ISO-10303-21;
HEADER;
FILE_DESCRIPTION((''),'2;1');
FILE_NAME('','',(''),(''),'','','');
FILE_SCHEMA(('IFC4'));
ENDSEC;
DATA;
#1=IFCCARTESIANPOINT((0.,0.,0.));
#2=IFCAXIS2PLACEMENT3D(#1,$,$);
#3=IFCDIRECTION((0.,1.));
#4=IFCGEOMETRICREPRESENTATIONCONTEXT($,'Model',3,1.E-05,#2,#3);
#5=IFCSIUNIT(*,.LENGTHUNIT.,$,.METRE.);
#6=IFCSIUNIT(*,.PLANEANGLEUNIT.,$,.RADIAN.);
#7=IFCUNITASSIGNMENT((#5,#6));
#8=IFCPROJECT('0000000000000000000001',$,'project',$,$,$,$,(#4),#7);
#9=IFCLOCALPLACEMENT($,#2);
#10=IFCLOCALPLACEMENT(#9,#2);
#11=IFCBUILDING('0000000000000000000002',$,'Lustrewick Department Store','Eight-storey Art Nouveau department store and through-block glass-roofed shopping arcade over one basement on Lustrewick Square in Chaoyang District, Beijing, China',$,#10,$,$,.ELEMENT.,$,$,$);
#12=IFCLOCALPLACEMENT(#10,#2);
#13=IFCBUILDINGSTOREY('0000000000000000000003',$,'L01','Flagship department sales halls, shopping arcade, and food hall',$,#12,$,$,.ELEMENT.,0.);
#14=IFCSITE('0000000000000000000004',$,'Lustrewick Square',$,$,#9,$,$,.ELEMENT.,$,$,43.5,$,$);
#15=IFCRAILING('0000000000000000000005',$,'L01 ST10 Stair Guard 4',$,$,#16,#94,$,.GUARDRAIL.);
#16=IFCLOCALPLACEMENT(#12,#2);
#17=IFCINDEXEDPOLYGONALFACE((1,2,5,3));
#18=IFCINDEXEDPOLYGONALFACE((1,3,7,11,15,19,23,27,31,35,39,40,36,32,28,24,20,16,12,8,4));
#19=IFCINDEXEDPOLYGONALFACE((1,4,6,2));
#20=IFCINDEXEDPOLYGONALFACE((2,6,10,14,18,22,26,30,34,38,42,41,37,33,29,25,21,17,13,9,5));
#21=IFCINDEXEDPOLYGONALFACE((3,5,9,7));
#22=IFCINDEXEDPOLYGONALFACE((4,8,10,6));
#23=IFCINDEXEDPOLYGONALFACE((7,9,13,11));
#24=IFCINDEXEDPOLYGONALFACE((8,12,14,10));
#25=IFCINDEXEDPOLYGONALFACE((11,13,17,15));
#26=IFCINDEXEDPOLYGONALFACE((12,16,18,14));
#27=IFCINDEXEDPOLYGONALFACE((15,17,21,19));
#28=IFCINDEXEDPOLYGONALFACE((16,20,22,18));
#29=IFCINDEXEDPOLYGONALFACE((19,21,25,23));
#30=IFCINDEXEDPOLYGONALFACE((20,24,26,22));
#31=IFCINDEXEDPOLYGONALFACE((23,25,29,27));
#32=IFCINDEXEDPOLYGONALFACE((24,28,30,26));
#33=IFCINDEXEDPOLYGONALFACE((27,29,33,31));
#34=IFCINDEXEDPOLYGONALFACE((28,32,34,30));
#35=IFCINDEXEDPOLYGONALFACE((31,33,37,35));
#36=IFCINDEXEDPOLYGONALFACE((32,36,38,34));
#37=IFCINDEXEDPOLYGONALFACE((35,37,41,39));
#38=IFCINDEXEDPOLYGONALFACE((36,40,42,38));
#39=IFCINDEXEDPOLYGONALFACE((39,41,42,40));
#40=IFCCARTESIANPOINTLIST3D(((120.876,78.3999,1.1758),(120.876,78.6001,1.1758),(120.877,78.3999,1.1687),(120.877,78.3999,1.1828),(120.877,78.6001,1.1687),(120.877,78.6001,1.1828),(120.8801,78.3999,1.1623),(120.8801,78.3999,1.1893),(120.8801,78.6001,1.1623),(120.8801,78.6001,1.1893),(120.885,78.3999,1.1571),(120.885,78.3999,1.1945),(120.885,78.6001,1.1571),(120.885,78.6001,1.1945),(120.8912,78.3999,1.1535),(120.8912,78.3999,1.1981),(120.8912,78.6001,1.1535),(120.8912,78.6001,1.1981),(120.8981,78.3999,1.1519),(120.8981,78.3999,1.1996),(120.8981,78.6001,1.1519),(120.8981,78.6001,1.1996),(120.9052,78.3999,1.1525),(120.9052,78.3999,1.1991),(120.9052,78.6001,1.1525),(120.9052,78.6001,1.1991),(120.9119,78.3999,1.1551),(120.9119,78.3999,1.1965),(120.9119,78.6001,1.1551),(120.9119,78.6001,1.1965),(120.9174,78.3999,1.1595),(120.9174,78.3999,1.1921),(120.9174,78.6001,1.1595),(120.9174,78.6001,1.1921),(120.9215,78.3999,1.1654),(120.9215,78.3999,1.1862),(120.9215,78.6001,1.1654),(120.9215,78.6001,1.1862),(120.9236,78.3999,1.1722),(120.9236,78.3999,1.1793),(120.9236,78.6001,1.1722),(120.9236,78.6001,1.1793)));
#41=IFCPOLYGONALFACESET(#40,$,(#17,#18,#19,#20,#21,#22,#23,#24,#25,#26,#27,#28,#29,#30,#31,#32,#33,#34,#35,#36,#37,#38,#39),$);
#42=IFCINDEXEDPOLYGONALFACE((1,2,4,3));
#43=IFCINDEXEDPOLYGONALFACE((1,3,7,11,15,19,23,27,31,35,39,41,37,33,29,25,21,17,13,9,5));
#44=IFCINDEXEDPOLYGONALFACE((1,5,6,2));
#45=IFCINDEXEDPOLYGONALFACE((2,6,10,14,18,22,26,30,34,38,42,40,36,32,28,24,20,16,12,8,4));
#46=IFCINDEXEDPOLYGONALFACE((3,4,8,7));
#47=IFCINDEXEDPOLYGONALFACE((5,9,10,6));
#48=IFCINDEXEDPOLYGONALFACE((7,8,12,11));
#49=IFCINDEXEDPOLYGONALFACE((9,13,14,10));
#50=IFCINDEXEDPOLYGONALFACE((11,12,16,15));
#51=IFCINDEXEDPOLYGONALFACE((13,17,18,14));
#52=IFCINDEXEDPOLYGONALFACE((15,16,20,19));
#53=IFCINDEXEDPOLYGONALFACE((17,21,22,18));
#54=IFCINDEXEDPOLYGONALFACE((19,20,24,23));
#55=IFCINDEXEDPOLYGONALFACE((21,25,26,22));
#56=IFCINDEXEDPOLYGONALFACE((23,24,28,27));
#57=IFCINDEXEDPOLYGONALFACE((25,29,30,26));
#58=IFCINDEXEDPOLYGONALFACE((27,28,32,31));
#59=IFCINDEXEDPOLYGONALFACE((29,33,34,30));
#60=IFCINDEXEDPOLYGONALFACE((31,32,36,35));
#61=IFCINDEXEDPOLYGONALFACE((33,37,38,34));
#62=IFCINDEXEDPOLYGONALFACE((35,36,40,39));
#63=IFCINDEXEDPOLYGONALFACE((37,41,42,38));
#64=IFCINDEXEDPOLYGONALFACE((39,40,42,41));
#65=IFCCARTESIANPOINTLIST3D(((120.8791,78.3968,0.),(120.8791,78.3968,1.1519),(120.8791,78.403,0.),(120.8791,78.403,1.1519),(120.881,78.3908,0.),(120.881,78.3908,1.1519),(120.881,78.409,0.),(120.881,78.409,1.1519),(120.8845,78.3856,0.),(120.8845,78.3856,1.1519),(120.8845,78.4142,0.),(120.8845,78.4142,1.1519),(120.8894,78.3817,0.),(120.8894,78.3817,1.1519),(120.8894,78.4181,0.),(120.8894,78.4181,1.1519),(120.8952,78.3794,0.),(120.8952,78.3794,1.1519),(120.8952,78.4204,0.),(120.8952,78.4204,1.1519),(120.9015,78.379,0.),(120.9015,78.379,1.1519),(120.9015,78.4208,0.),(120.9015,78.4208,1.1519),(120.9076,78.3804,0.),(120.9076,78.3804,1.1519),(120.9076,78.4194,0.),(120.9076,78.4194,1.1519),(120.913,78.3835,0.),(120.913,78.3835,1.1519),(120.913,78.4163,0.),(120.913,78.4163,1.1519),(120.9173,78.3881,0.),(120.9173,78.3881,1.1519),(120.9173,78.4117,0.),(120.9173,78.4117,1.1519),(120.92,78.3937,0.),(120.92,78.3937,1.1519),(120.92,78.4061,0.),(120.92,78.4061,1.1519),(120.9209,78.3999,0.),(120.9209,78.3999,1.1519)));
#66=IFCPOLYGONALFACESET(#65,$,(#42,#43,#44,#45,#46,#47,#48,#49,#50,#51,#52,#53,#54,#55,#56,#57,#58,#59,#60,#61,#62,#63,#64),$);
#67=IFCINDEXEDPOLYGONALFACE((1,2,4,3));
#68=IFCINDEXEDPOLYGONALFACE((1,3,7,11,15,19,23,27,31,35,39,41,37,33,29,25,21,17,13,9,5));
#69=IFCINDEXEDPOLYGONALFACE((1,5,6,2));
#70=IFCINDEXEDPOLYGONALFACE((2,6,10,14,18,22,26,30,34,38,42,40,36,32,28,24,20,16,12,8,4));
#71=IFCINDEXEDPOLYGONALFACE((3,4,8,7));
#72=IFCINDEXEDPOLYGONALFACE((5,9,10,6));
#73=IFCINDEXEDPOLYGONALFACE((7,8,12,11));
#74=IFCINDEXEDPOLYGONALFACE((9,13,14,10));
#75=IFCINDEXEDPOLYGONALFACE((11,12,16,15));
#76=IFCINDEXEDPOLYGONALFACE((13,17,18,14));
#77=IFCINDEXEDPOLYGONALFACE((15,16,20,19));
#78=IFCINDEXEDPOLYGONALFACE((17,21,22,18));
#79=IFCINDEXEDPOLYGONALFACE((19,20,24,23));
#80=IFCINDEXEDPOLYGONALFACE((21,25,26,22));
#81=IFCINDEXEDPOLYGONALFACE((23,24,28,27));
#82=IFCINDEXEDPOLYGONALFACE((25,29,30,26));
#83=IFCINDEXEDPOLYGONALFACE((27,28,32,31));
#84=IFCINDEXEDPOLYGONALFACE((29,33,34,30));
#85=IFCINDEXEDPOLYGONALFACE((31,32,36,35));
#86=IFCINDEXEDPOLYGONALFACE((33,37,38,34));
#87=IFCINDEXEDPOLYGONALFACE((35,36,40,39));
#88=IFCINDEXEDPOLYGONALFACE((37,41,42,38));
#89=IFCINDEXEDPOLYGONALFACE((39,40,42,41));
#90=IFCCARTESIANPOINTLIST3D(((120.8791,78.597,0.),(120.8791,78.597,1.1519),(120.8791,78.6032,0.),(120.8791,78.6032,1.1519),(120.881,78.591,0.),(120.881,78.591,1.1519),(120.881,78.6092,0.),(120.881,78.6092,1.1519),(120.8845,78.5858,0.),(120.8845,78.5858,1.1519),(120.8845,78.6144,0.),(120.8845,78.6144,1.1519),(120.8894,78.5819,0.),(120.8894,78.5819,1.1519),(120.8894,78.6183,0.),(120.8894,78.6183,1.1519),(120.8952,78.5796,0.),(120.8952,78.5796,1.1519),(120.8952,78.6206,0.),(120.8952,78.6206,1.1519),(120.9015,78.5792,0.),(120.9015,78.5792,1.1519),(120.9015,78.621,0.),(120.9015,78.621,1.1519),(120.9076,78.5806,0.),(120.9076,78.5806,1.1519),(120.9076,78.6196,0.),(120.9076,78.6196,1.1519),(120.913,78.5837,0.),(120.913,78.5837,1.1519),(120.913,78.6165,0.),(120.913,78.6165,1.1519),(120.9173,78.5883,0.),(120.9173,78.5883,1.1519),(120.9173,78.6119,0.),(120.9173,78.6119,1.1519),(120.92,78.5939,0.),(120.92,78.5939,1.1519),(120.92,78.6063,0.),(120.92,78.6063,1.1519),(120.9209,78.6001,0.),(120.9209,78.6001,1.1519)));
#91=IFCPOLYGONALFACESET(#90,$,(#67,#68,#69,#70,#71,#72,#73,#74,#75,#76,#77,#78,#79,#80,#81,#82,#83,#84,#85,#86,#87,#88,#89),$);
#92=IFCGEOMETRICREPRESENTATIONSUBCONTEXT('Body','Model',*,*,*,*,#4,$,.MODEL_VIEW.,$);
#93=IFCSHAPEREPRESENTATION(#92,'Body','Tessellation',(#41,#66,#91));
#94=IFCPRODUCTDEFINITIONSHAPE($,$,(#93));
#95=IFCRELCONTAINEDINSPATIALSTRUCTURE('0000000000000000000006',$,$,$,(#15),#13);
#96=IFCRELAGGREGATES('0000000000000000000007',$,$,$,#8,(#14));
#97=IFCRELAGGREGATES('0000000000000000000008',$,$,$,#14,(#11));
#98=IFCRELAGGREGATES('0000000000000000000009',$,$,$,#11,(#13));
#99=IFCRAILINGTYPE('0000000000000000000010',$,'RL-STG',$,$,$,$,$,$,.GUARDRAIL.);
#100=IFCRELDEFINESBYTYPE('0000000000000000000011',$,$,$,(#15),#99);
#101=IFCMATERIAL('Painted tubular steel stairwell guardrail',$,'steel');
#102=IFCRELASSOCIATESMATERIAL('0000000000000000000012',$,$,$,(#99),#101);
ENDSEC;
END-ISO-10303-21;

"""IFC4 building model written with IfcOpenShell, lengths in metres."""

from ifc_helpers import new_model, si_unit, direction, frame, origin, origin_2d, place, context, subcontext, project, spatial, circle, extrude, material, type_object, element, save


model = new_model("IFC4")

# Units and contexts
model_context = context("Model", 3, precision=1e-05, world=origin(), true_north=direction((0.0, 1.0)))
body_context = subcontext(model_context, "Body", "Model", "MODEL_VIEW")
ifc_project = project(units=[si_unit("LENGTHUNIT", "METRE"), si_unit("PLANEANGLEUNIT", "RADIAN")], contexts=[model_context])

# Site, building, storey
site_placement = place(None, origin())
site = spatial("IfcSite", under=ifc_project, at=site_placement, Name="Lustrewick Square", CompositionType="ELEMENT", RefElevation=43.5)
building_placement = place(site_placement, origin())
building = spatial("IfcBuilding", under=site, at=building_placement, Name="Lustrewick Department Store", Description="Eight-storey Art Nouveau department store and through-block glass-roofed shopping arcade over one basement on Lustrewick Square in Chaoyang District, Beijing, China", CompositionType="ELEMENT")
storey_placement = place(building_placement, origin())
storey = spatial("IfcBuildingStorey", under=building, at=storey_placement, Name="L01", Description="Flagship department sales halls, shopping arcade, and food hall", CompositionType="ELEMENT", Elevation=0.0)

# Railing
ifc_material_1 = material(Name="Painted tubular steel stairwell guardrail", Category="steel")
railing_type_1 = type_object("IfcRailingType", Name="RL-STG", PredefinedType="GUARDRAIL", material=ifc_material_1)
railing_1_placement = place(storey_placement, frame((120.8999, 78.3999, 0.0)))
element("IfcRailing", 1, at=railing_1_placement, inside=storey, type_object=railing_type_1, Name="L01 ST10 Stair Guard 4", PredefinedType="GUARDRAIL", context=body_context, shape_type="SweptSolid", body=[
    extrude(circle(Radius=0.0239, at=origin_2d()), frame((0.0, 0.0, 1.1758), z_axis=(0.0, 1.0, 0.0), x_axis=(-1.0, 0.0, 0.0)), (0.0, 0.0, 1.0), 0.2002),
    extrude(circle(Radius=0.021, at=origin_2d()), origin(), (0.0, 0.0, 1.0), 1.1519),
    extrude(circle(Radius=0.021, at=origin_2d()), frame((0.0, 0.2002, 0.0)), (0.0, 0.0, 1.0), 1.1519),
])

save(model, "model.ifc")
